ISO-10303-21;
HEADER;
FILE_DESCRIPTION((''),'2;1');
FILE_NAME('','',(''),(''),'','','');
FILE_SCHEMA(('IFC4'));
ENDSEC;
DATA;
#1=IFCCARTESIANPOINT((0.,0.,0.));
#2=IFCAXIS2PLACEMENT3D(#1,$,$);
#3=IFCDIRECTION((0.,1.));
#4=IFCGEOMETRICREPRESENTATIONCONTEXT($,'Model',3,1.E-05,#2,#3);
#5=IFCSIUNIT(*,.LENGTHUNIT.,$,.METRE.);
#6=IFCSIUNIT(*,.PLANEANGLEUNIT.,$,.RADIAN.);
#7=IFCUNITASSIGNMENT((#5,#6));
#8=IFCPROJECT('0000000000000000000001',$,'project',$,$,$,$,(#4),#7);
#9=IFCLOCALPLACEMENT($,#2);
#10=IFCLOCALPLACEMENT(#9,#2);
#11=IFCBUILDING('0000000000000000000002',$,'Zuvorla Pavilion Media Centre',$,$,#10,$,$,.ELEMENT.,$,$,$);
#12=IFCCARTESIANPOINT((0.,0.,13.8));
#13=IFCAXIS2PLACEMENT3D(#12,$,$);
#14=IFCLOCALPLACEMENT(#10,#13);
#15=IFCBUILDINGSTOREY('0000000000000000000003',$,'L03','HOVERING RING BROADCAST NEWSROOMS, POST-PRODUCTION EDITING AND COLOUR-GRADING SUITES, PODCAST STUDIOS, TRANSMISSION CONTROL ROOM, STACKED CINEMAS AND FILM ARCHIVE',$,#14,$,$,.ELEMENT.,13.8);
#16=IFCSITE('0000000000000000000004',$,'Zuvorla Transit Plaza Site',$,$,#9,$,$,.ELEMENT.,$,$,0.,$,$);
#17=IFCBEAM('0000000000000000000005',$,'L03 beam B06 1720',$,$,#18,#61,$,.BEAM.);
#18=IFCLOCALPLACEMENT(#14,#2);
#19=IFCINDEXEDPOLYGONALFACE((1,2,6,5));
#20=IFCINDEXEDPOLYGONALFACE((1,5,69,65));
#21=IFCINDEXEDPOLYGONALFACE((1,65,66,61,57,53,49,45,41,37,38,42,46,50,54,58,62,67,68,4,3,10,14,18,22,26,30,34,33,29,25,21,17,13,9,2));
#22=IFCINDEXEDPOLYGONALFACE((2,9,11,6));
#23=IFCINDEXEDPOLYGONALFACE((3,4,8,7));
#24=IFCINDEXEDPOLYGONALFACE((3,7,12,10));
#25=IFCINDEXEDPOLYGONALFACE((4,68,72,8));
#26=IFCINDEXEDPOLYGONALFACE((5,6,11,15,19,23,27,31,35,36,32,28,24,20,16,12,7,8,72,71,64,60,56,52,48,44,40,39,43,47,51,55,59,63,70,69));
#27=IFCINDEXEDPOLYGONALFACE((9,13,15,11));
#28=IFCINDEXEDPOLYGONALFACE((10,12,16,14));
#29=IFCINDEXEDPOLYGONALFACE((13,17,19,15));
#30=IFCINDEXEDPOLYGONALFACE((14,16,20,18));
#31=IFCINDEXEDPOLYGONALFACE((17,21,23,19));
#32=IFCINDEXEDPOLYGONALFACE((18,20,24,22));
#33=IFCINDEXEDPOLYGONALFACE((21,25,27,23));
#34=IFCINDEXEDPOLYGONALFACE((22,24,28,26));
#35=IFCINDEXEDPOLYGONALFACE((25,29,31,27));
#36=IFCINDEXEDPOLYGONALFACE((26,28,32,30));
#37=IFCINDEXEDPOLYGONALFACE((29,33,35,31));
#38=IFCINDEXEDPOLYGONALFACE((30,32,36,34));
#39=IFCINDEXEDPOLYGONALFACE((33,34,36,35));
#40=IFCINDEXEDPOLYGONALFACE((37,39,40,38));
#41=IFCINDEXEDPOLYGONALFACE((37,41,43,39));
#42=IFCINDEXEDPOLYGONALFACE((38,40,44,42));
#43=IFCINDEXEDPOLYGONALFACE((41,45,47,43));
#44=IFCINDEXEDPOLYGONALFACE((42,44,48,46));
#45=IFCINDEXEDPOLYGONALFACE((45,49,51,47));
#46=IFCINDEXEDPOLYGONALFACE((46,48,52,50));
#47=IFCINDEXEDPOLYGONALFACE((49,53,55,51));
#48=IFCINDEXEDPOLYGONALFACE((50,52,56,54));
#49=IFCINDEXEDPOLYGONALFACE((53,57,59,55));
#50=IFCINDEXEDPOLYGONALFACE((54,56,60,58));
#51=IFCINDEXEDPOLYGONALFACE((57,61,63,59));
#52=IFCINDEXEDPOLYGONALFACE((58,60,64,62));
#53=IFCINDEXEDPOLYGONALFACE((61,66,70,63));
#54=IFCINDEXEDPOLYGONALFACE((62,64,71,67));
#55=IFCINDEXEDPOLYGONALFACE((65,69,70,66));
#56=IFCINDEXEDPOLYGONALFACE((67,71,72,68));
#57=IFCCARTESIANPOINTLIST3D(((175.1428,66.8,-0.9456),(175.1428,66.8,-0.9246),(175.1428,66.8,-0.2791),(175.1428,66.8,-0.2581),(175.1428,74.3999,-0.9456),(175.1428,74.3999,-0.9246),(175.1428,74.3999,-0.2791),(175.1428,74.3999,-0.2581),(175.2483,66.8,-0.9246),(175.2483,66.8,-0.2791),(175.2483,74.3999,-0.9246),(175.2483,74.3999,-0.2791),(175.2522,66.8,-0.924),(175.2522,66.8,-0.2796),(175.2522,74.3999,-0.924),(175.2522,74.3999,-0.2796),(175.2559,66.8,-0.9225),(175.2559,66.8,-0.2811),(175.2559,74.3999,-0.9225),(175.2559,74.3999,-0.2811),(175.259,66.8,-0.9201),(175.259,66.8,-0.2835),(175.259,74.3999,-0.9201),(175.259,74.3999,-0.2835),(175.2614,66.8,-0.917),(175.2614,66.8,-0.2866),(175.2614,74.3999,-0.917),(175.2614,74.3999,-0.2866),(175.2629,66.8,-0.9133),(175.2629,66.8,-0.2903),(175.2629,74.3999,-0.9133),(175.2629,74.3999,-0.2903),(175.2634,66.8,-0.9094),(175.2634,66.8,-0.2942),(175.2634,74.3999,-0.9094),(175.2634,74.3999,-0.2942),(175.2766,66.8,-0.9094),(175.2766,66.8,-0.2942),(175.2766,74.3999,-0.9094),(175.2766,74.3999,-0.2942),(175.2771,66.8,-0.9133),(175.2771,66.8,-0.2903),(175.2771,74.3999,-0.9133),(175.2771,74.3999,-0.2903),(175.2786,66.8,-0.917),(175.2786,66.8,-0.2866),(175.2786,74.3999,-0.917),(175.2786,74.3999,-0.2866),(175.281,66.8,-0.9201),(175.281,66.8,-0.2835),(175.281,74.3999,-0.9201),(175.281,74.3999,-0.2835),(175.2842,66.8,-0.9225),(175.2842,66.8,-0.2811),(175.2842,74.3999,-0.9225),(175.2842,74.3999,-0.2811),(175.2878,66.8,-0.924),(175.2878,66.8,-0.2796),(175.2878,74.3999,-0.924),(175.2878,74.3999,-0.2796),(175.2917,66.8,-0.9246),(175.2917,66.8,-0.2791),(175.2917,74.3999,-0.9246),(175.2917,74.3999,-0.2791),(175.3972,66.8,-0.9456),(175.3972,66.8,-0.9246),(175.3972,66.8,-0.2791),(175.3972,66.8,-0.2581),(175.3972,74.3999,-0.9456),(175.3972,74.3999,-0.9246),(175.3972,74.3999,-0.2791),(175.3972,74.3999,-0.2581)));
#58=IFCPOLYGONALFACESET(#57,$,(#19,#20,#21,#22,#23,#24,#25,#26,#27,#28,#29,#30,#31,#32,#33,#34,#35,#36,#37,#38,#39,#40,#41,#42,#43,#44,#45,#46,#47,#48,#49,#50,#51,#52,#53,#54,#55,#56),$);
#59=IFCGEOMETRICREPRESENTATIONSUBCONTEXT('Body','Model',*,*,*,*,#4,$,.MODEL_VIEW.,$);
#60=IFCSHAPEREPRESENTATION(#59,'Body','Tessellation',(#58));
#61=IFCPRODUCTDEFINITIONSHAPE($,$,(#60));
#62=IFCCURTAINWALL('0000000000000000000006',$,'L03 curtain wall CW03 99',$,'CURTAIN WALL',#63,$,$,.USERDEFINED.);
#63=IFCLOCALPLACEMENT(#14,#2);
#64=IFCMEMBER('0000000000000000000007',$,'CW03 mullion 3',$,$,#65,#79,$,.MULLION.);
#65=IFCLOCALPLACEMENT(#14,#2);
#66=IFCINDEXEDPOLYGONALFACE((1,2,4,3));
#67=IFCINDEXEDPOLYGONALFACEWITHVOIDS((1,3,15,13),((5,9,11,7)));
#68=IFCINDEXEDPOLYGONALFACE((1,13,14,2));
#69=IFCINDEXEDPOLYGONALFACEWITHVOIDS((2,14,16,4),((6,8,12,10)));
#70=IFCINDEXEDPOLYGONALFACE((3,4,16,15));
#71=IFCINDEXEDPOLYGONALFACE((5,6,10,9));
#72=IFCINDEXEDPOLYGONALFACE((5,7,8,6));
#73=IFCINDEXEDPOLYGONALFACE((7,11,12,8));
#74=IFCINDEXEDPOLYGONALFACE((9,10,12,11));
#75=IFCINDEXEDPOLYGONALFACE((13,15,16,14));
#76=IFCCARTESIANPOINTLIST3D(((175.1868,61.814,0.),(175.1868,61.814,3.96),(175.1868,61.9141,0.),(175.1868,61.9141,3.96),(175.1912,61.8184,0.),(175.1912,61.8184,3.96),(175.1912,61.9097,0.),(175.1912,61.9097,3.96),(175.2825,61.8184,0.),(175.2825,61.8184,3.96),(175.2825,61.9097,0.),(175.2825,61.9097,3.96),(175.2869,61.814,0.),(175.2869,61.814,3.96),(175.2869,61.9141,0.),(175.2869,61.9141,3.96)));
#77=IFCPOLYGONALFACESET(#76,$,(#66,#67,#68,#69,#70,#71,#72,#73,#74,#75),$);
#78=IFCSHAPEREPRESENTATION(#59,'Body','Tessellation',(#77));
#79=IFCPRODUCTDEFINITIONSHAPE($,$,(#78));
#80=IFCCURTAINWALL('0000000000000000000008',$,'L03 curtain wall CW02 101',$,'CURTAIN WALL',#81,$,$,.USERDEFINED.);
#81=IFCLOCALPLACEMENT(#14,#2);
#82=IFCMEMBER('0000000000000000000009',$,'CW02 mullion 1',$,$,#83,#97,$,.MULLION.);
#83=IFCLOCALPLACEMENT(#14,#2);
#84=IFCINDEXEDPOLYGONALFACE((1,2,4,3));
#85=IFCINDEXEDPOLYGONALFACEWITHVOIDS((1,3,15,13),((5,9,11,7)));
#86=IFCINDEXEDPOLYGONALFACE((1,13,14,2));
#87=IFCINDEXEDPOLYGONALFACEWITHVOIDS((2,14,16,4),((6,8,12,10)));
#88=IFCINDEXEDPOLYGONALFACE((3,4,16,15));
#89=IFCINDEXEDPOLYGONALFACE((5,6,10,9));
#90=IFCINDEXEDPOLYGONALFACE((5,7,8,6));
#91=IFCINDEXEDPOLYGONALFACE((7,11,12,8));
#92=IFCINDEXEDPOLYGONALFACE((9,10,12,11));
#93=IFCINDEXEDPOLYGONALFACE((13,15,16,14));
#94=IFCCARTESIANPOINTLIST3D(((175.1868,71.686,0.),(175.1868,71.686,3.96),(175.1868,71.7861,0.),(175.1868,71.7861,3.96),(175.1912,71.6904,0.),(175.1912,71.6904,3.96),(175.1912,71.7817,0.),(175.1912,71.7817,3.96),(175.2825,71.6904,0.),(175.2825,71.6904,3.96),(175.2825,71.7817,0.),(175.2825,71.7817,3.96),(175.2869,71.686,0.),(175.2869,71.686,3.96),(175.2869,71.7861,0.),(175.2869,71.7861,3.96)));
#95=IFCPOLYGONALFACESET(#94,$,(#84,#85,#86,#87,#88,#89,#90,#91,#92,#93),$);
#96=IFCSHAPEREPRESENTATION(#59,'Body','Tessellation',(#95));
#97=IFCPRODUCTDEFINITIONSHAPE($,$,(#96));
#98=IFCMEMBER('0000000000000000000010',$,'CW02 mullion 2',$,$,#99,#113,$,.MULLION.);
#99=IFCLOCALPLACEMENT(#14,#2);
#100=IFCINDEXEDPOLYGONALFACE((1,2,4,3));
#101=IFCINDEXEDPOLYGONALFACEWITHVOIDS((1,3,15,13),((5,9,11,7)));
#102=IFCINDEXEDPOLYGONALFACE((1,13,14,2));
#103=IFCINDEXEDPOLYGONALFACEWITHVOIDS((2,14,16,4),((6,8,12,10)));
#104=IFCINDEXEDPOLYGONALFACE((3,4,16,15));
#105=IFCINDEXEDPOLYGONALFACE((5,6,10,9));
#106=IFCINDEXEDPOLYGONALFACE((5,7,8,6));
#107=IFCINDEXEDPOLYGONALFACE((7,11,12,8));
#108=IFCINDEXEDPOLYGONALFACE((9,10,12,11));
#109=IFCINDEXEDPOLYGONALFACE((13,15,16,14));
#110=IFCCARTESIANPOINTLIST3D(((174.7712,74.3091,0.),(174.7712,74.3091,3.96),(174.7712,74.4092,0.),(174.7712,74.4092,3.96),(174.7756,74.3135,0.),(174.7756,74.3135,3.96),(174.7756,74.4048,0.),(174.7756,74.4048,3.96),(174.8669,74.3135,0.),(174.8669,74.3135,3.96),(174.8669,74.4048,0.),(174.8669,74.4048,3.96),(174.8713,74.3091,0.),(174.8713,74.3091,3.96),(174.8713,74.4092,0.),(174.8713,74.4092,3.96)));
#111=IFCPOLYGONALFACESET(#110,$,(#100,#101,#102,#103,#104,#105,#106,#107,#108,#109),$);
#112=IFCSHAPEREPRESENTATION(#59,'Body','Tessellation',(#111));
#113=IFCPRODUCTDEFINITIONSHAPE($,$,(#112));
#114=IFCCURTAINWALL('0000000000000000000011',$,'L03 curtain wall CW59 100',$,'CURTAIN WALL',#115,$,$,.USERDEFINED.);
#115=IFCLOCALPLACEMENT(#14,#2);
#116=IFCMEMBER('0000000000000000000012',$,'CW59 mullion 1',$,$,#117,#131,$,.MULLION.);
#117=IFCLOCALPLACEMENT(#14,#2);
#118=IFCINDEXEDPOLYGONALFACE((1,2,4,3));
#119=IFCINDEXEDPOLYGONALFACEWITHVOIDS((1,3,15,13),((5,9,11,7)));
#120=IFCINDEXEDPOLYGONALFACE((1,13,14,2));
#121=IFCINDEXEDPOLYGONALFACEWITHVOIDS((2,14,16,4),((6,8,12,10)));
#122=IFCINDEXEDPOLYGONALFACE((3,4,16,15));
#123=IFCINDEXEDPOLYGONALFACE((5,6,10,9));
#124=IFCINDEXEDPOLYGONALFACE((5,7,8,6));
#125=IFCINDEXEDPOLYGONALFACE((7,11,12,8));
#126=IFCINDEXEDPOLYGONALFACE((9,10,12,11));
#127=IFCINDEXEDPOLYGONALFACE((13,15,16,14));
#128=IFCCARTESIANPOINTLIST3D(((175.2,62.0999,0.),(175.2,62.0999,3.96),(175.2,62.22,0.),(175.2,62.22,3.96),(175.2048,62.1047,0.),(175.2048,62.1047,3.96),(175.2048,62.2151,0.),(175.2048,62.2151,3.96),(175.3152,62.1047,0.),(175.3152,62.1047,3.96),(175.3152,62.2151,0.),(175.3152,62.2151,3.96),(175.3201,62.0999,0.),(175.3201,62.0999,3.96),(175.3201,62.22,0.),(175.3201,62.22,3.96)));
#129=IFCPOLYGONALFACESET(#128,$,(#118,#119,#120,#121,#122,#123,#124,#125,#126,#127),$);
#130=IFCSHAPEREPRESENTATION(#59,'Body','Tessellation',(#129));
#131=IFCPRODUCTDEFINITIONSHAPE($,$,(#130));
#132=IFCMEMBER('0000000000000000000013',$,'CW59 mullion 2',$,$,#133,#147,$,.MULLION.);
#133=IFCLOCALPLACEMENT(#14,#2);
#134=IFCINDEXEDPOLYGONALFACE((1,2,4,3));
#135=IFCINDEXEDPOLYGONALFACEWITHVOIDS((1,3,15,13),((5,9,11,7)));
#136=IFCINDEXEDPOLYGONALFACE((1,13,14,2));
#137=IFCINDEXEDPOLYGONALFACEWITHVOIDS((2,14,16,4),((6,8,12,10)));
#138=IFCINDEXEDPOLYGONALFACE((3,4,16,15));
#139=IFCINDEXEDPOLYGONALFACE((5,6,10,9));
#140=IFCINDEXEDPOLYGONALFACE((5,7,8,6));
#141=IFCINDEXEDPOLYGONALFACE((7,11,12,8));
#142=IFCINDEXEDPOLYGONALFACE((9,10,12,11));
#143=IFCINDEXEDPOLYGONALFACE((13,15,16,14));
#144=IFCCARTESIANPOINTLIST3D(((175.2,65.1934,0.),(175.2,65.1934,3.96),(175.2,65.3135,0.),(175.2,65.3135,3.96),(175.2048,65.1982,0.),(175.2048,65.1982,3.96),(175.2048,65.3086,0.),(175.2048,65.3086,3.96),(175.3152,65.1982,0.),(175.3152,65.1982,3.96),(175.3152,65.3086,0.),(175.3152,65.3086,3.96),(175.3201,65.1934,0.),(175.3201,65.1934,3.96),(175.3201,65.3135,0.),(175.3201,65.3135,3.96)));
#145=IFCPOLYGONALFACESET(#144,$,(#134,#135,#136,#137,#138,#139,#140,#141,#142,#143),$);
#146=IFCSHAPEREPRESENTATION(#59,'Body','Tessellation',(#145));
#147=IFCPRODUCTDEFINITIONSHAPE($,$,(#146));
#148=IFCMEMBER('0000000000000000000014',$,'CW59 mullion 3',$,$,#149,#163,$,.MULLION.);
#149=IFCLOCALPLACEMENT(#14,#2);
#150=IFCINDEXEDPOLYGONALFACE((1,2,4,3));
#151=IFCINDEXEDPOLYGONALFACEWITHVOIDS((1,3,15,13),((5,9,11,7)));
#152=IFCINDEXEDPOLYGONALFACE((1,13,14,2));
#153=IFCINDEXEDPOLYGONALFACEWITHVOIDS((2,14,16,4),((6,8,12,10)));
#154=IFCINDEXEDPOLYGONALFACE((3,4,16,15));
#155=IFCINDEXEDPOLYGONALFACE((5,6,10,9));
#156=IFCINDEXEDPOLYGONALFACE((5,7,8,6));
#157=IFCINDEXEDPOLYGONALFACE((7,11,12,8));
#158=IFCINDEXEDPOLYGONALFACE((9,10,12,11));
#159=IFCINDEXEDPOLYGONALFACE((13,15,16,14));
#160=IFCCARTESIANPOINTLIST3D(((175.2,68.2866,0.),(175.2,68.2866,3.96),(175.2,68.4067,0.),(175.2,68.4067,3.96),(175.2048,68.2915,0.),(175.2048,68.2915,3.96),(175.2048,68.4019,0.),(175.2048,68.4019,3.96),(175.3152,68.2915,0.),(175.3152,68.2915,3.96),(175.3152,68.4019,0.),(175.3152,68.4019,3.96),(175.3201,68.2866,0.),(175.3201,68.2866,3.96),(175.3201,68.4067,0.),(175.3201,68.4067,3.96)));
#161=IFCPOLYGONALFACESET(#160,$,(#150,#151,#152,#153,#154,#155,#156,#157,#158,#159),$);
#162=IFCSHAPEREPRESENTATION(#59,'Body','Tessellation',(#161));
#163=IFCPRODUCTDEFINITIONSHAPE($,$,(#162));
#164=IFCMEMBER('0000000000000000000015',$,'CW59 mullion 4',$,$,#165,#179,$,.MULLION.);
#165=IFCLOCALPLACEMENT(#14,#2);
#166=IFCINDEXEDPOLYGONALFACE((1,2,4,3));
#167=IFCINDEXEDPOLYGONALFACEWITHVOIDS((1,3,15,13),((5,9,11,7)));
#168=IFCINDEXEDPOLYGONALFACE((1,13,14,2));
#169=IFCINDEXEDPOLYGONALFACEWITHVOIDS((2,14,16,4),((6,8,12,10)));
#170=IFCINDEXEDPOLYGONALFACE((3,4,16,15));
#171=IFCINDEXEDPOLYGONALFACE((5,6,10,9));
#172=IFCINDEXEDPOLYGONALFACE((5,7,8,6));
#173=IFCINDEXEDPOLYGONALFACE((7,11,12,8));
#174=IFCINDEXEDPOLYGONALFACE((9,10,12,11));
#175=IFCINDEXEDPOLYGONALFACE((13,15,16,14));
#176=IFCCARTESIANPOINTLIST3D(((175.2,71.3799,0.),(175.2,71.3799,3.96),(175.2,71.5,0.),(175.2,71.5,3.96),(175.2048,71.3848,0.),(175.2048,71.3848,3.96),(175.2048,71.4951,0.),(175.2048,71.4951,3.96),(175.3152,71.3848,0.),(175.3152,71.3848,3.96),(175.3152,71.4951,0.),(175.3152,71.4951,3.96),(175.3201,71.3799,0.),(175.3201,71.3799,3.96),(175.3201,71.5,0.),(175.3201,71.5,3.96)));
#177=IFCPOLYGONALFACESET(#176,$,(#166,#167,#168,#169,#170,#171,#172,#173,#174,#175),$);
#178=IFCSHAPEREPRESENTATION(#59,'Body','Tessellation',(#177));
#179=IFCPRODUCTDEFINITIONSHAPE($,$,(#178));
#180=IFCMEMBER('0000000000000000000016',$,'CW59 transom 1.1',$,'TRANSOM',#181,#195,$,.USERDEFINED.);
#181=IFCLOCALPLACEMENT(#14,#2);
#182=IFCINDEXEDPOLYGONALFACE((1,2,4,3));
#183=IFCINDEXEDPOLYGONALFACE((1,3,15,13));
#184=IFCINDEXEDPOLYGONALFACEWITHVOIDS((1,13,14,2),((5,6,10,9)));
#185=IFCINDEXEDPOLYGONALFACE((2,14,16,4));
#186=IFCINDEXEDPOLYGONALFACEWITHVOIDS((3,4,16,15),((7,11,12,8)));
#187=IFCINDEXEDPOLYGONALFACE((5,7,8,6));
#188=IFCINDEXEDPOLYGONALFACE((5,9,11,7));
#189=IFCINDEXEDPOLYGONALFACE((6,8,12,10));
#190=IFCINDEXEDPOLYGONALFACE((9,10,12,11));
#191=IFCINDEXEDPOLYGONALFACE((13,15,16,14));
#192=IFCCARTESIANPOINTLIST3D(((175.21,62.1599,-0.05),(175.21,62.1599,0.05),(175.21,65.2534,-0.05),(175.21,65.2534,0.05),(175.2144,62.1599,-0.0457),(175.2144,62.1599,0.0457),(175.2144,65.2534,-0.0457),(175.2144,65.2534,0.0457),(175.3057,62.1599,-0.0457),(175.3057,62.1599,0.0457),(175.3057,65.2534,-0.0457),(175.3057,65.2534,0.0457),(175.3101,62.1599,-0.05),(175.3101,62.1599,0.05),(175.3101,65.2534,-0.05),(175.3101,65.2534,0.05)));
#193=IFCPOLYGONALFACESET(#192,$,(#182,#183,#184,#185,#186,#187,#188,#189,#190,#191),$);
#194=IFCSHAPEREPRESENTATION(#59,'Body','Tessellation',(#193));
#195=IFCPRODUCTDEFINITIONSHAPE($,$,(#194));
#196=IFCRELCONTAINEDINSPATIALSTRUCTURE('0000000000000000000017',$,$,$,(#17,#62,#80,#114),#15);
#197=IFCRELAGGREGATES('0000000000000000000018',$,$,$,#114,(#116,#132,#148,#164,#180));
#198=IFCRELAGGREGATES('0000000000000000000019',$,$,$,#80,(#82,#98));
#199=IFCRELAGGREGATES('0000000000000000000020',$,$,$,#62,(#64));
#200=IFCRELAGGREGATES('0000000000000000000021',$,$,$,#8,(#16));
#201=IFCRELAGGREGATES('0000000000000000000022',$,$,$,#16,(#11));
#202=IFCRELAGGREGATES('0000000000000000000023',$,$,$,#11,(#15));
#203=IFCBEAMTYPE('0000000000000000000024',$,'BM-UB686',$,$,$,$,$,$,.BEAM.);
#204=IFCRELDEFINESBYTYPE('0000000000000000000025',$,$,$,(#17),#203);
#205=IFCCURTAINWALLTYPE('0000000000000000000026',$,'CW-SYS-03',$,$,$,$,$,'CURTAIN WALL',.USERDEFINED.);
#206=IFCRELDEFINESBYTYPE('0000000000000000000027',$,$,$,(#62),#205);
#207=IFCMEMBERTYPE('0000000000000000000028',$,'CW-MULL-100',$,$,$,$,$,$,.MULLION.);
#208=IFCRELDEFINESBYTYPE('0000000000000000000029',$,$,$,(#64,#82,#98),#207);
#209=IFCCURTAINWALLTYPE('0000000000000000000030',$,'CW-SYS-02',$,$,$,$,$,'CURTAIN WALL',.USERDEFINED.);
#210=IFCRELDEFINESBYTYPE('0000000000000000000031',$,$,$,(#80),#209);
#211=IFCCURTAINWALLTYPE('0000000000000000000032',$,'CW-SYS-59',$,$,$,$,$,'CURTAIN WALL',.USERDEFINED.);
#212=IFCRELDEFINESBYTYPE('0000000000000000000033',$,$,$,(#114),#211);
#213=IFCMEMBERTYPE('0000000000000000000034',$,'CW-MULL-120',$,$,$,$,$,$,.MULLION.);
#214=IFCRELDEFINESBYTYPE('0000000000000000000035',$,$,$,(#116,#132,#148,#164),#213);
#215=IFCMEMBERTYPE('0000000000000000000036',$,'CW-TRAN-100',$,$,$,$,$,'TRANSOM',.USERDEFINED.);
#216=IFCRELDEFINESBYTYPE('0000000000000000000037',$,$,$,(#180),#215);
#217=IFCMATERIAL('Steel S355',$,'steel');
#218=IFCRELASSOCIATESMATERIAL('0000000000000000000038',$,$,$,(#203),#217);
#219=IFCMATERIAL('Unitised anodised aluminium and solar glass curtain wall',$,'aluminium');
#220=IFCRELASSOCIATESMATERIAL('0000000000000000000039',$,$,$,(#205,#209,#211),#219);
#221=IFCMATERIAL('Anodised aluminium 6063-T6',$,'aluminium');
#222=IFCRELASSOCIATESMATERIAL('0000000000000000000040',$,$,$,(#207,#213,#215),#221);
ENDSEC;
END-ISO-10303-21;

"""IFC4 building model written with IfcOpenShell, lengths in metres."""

from ifc_helpers import new_model, si_unit, direction, frame, origin, origin_2d, place, context, subcontext, project, spatial, hollow_rectangle, i_section, extrude, material, material_profile, profile_set, type_object, element, aggregate, save


model = new_model("IFC4")

# Units and contexts
model_context = context("Model", 3, precision=1e-05, world=origin(), true_north=direction((0.0, 1.0)))
body_context = subcontext(model_context, "Body", "Model", "MODEL_VIEW")
ifc_project = project(units=[si_unit("LENGTHUNIT", "METRE"), si_unit("PLANEANGLEUNIT", "RADIAN")], contexts=[model_context])

# Site, building, storey
site_placement = place(None, origin())
site = spatial("IfcSite", under=ifc_project, at=site_placement, Name="Zuvorla Transit Plaza Site", CompositionType="ELEMENT", RefElevation=0.0)
building_placement = place(site_placement, origin())
building = spatial("IfcBuilding", under=site, at=building_placement, Name="Zuvorla Pavilion Media Centre", CompositionType="ELEMENT")
storey_placement = place(building_placement, frame((0.0, 0.0, 13.8)))
storey = spatial("IfcBuildingStorey", under=building, at=storey_placement, Name="L03", Description="HOVERING RING BROADCAST NEWSROOMS, POST-PRODUCTION EDITING AND COLOUR-GRADING SUITES, PODCAST STUDIOS, TRANSMISSION CONTROL ROOM, STACKED CINEMAS AND FILM ARCHIVE", CompositionType="ELEMENT", Elevation=13.8)

# Beam
ifc_material_1 = material(Name="Steel S355", Category="steel")
ifc_material_profile_1 = material_profile(ifc_material_1, i_section(OverallWidth=0.2544, OverallDepth=0.6875, WebThickness=0.0132, FlangeThickness=0.021, FilletRadius=0.0151, at=origin_2d()), Name="UB 686x254x152")
ifc_profile_set_1 = profile_set([ifc_material_profile_1], Name="Steel S355")
beam_type = type_object("IfcBeamType", Name="BM-UB686", PredefinedType="BEAM", material=ifc_profile_set_1)
beam_placement = place(storey_placement, frame((175.27, 66.8, -0.6018), z_axis=(0.0, 1.0, 0.0), x_axis=(-1.0, 0.0, 0.0)))
element("IfcBeam", 1, at=beam_placement, inside=storey, type_object=beam_type, Name="L03 beam B06 1720", PredefinedType="BEAM", context=body_context, shape_type="SweptSolid", body=[
    extrude(i_section(OverallWidth=0.2544, OverallDepth=0.6875, WebThickness=0.0132, FlangeThickness=0.021, FilletRadius=0.0151, at=origin_2d()), origin(), (0.0, 0.0, 1.0), 7.5999),
])

# Curtain wall, member
ifc_material_2 = material(Name="Unitised anodised aluminium and solar glass curtain wall", Category="aluminium")
curtain_wall_type_1 = type_object("IfcCurtainWallType", Name="CW-SYS-03", ElementType="CURTAIN WALL", PredefinedType="USERDEFINED", material=ifc_material_2)
curtain_wall_1_placement = place(storey_placement, origin())
curtain_wall_1 = element("IfcCurtainWall", 2, at=curtain_wall_1_placement, inside=storey, type_object=curtain_wall_type_1, Name="L03 curtain wall CW03 99", ObjectType="CURTAIN WALL", PredefinedType="USERDEFINED")
ifc_material_3 = material(Name="Anodised aluminium 6063-T6", Category="aluminium")
ifc_material_profile_2 = material_profile(ifc_material_3, hollow_rectangle(XDim=0.1001, YDim=0.1001, WallThickness=0.0044, at=origin_2d()), Name="ALU MULL 100x100")
ifc_profile_set_2 = profile_set([ifc_material_profile_2], Name="Anodised aluminium 6063-T6")
member_type_1 = type_object("IfcMemberType", Name="CW-MULL-100", PredefinedType="MULLION", material=ifc_profile_set_2)
member_1_placement = place(storey_placement, frame((175.2368, 61.864, 0.0), z_axis=(0.0, 0.0, 1.0), x_axis=(1.0, 0.0, 0.0)))
member_1 = element("IfcMember", 3, at=member_1_placement, type_object=member_type_1, Name="CW03 mullion 3", PredefinedType="MULLION", context=body_context, shape_type="SweptSolid", body=[
    extrude(hollow_rectangle(XDim=0.1001, YDim=0.1001, WallThickness=0.0044, at=origin_2d()), origin(), (0.0, 0.0, 1.0), 3.96),
])

# Curtain walls, members
curtain_wall_type_2 = type_object("IfcCurtainWallType", Name="CW-SYS-02", ElementType="CURTAIN WALL", PredefinedType="USERDEFINED", material=ifc_material_2)
curtain_wall_2_placement = place(storey_placement, origin())
curtain_wall_2 = element("IfcCurtainWall", 4, at=curtain_wall_2_placement, inside=storey, type_object=curtain_wall_type_2, Name="L03 curtain wall CW02 101", ObjectType="CURTAIN WALL", PredefinedType="USERDEFINED")
member_2_placement = place(storey_placement, frame((175.2368, 71.7361, 0.0), z_axis=(0.0, 0.0, 1.0), x_axis=(1.0, 0.0, 0.0)))
member_2 = element("IfcMember", 5, at=member_2_placement, type_object=member_type_1, Name="CW02 mullion 1", PredefinedType="MULLION", context=body_context, shape_type="SweptSolid", body=[
    extrude(hollow_rectangle(XDim=0.1001, YDim=0.1001, WallThickness=0.0044, at=origin_2d()), origin(), (0.0, 0.0, 1.0), 3.96),
])
member_3_placement = place(storey_placement, frame((174.8213, 74.3591, 0.0), z_axis=(0.0, 0.0, 1.0), x_axis=(1.0, 0.0, 0.0)))
member_3 = element("IfcMember", 6, at=member_3_placement, type_object=member_type_1, Name="CW02 mullion 2", PredefinedType="MULLION", context=body_context, shape_type="SweptSolid", body=[
    extrude(hollow_rectangle(XDim=0.1001, YDim=0.1001, WallThickness=0.0044, at=origin_2d()), origin(), (0.0, 0.0, 1.0), 3.96),
])
curtain_wall_type_3 = type_object("IfcCurtainWallType", Name="CW-SYS-59", ElementType="CURTAIN WALL", PredefinedType="USERDEFINED", material=ifc_material_2)
curtain_wall_3_placement = place(storey_placement, origin())
curtain_wall_3 = element("IfcCurtainWall", 7, at=curtain_wall_3_placement, inside=storey, type_object=curtain_wall_type_3, Name="L03 curtain wall CW59 100", ObjectType="CURTAIN WALL", PredefinedType="USERDEFINED")
ifc_material_profile_3 = material_profile(ifc_material_3, hollow_rectangle(XDim=0.1201, YDim=0.1201, WallThickness=0.0049, at=origin_2d()), Name="ALU MULL 120x120")
ifc_profile_set_3 = profile_set([ifc_material_profile_3], Name="Anodised aluminium 6063-T6")
member_type_2 = type_object("IfcMemberType", Name="CW-MULL-120", PredefinedType="MULLION", material=ifc_profile_set_3)
member_4_placement = place(storey_placement, frame((175.26, 62.1599, 0.0), z_axis=(0.0, 0.0, 1.0), x_axis=(1.0, 0.0, 0.0)))
member_4 = element("IfcMember", 8, at=member_4_placement, type_object=member_type_2, Name="CW59 mullion 1", PredefinedType="MULLION", context=body_context, shape_type="SweptSolid", body=[
    extrude(hollow_rectangle(XDim=0.1201, YDim=0.1201, WallThickness=0.0049, at=origin_2d()), origin(), (0.0, 0.0, 1.0), 3.96),
])
member_5_placement = place(storey_placement, frame((175.26, 65.2534, 0.0), z_axis=(0.0, 0.0, 1.0), x_axis=(1.0, 0.0, 0.0)))
member_5 = element("IfcMember", 9, at=member_5_placement, type_object=member_type_2, Name="CW59 mullion 2", PredefinedType="MULLION", context=body_context, shape_type="SweptSolid", body=[
    extrude(hollow_rectangle(XDim=0.1201, YDim=0.1201, WallThickness=0.0049, at=origin_2d()), origin(), (0.0, 0.0, 1.0), 3.96),
])
member_6_placement = place(storey_placement, frame((175.26, 68.3467, 0.0), z_axis=(0.0, 0.0, 1.0), x_axis=(1.0, 0.0, 0.0)))
member_6 = element("IfcMember", 10, at=member_6_placement, type_object=member_type_2, Name="CW59 mullion 3", PredefinedType="MULLION", context=body_context, shape_type="SweptSolid", body=[
    extrude(hollow_rectangle(XDim=0.1201, YDim=0.1201, WallThickness=0.0049, at=origin_2d()), origin(), (0.0, 0.0, 1.0), 3.96),
])
member_7_placement = place(storey_placement, frame((175.26, 71.4399, 0.0), z_axis=(0.0, 0.0, 1.0), x_axis=(1.0, 0.0, 0.0)))
member_7 = element("IfcMember", 11, at=member_7_placement, type_object=member_type_2, Name="CW59 mullion 4", PredefinedType="MULLION", context=body_context, shape_type="SweptSolid", body=[
    extrude(hollow_rectangle(XDim=0.1201, YDim=0.1201, WallThickness=0.0049, at=origin_2d()), origin(), (0.0, 0.0, 1.0), 3.96),
])
ifc_material_profile_4 = material_profile(ifc_material_3, hollow_rectangle(XDim=0.1001, YDim=0.1001, WallThickness=0.0044, at=origin_2d()), Name="ALU TRAN 100x100")
ifc_profile_set_4 = profile_set([ifc_material_profile_4], Name="Anodised aluminium 6063-T6")
member_type_3 = type_object("IfcMemberType", Name="CW-TRAN-100", ElementType="TRANSOM", PredefinedType="USERDEFINED", material=ifc_profile_set_4)
member_8_placement = place(storey_placement, frame((175.26, 62.1599, 0.0), z_axis=(0.0, 1.0, 0.0), x_axis=(-1.0, 0.0, 0.0)))
member_8 = element("IfcMember", 12, at=member_8_placement, type_object=member_type_3, Name="CW59 transom 1.1", ObjectType="TRANSOM", PredefinedType="USERDEFINED", context=body_context, shape_type="SweptSolid", body=[
    extrude(hollow_rectangle(XDim=0.1001, YDim=0.1001, WallThickness=0.0044, at=origin_2d()), origin(), (0.0, 0.0, 1.0), 3.0935),
])

aggregate(curtain_wall_3, [member_4, member_5, member_6, member_7, member_8])
aggregate(curtain_wall_2, [member_2, member_3])
aggregate(curtain_wall_1, [member_1])

save(model, "model.ifc")
